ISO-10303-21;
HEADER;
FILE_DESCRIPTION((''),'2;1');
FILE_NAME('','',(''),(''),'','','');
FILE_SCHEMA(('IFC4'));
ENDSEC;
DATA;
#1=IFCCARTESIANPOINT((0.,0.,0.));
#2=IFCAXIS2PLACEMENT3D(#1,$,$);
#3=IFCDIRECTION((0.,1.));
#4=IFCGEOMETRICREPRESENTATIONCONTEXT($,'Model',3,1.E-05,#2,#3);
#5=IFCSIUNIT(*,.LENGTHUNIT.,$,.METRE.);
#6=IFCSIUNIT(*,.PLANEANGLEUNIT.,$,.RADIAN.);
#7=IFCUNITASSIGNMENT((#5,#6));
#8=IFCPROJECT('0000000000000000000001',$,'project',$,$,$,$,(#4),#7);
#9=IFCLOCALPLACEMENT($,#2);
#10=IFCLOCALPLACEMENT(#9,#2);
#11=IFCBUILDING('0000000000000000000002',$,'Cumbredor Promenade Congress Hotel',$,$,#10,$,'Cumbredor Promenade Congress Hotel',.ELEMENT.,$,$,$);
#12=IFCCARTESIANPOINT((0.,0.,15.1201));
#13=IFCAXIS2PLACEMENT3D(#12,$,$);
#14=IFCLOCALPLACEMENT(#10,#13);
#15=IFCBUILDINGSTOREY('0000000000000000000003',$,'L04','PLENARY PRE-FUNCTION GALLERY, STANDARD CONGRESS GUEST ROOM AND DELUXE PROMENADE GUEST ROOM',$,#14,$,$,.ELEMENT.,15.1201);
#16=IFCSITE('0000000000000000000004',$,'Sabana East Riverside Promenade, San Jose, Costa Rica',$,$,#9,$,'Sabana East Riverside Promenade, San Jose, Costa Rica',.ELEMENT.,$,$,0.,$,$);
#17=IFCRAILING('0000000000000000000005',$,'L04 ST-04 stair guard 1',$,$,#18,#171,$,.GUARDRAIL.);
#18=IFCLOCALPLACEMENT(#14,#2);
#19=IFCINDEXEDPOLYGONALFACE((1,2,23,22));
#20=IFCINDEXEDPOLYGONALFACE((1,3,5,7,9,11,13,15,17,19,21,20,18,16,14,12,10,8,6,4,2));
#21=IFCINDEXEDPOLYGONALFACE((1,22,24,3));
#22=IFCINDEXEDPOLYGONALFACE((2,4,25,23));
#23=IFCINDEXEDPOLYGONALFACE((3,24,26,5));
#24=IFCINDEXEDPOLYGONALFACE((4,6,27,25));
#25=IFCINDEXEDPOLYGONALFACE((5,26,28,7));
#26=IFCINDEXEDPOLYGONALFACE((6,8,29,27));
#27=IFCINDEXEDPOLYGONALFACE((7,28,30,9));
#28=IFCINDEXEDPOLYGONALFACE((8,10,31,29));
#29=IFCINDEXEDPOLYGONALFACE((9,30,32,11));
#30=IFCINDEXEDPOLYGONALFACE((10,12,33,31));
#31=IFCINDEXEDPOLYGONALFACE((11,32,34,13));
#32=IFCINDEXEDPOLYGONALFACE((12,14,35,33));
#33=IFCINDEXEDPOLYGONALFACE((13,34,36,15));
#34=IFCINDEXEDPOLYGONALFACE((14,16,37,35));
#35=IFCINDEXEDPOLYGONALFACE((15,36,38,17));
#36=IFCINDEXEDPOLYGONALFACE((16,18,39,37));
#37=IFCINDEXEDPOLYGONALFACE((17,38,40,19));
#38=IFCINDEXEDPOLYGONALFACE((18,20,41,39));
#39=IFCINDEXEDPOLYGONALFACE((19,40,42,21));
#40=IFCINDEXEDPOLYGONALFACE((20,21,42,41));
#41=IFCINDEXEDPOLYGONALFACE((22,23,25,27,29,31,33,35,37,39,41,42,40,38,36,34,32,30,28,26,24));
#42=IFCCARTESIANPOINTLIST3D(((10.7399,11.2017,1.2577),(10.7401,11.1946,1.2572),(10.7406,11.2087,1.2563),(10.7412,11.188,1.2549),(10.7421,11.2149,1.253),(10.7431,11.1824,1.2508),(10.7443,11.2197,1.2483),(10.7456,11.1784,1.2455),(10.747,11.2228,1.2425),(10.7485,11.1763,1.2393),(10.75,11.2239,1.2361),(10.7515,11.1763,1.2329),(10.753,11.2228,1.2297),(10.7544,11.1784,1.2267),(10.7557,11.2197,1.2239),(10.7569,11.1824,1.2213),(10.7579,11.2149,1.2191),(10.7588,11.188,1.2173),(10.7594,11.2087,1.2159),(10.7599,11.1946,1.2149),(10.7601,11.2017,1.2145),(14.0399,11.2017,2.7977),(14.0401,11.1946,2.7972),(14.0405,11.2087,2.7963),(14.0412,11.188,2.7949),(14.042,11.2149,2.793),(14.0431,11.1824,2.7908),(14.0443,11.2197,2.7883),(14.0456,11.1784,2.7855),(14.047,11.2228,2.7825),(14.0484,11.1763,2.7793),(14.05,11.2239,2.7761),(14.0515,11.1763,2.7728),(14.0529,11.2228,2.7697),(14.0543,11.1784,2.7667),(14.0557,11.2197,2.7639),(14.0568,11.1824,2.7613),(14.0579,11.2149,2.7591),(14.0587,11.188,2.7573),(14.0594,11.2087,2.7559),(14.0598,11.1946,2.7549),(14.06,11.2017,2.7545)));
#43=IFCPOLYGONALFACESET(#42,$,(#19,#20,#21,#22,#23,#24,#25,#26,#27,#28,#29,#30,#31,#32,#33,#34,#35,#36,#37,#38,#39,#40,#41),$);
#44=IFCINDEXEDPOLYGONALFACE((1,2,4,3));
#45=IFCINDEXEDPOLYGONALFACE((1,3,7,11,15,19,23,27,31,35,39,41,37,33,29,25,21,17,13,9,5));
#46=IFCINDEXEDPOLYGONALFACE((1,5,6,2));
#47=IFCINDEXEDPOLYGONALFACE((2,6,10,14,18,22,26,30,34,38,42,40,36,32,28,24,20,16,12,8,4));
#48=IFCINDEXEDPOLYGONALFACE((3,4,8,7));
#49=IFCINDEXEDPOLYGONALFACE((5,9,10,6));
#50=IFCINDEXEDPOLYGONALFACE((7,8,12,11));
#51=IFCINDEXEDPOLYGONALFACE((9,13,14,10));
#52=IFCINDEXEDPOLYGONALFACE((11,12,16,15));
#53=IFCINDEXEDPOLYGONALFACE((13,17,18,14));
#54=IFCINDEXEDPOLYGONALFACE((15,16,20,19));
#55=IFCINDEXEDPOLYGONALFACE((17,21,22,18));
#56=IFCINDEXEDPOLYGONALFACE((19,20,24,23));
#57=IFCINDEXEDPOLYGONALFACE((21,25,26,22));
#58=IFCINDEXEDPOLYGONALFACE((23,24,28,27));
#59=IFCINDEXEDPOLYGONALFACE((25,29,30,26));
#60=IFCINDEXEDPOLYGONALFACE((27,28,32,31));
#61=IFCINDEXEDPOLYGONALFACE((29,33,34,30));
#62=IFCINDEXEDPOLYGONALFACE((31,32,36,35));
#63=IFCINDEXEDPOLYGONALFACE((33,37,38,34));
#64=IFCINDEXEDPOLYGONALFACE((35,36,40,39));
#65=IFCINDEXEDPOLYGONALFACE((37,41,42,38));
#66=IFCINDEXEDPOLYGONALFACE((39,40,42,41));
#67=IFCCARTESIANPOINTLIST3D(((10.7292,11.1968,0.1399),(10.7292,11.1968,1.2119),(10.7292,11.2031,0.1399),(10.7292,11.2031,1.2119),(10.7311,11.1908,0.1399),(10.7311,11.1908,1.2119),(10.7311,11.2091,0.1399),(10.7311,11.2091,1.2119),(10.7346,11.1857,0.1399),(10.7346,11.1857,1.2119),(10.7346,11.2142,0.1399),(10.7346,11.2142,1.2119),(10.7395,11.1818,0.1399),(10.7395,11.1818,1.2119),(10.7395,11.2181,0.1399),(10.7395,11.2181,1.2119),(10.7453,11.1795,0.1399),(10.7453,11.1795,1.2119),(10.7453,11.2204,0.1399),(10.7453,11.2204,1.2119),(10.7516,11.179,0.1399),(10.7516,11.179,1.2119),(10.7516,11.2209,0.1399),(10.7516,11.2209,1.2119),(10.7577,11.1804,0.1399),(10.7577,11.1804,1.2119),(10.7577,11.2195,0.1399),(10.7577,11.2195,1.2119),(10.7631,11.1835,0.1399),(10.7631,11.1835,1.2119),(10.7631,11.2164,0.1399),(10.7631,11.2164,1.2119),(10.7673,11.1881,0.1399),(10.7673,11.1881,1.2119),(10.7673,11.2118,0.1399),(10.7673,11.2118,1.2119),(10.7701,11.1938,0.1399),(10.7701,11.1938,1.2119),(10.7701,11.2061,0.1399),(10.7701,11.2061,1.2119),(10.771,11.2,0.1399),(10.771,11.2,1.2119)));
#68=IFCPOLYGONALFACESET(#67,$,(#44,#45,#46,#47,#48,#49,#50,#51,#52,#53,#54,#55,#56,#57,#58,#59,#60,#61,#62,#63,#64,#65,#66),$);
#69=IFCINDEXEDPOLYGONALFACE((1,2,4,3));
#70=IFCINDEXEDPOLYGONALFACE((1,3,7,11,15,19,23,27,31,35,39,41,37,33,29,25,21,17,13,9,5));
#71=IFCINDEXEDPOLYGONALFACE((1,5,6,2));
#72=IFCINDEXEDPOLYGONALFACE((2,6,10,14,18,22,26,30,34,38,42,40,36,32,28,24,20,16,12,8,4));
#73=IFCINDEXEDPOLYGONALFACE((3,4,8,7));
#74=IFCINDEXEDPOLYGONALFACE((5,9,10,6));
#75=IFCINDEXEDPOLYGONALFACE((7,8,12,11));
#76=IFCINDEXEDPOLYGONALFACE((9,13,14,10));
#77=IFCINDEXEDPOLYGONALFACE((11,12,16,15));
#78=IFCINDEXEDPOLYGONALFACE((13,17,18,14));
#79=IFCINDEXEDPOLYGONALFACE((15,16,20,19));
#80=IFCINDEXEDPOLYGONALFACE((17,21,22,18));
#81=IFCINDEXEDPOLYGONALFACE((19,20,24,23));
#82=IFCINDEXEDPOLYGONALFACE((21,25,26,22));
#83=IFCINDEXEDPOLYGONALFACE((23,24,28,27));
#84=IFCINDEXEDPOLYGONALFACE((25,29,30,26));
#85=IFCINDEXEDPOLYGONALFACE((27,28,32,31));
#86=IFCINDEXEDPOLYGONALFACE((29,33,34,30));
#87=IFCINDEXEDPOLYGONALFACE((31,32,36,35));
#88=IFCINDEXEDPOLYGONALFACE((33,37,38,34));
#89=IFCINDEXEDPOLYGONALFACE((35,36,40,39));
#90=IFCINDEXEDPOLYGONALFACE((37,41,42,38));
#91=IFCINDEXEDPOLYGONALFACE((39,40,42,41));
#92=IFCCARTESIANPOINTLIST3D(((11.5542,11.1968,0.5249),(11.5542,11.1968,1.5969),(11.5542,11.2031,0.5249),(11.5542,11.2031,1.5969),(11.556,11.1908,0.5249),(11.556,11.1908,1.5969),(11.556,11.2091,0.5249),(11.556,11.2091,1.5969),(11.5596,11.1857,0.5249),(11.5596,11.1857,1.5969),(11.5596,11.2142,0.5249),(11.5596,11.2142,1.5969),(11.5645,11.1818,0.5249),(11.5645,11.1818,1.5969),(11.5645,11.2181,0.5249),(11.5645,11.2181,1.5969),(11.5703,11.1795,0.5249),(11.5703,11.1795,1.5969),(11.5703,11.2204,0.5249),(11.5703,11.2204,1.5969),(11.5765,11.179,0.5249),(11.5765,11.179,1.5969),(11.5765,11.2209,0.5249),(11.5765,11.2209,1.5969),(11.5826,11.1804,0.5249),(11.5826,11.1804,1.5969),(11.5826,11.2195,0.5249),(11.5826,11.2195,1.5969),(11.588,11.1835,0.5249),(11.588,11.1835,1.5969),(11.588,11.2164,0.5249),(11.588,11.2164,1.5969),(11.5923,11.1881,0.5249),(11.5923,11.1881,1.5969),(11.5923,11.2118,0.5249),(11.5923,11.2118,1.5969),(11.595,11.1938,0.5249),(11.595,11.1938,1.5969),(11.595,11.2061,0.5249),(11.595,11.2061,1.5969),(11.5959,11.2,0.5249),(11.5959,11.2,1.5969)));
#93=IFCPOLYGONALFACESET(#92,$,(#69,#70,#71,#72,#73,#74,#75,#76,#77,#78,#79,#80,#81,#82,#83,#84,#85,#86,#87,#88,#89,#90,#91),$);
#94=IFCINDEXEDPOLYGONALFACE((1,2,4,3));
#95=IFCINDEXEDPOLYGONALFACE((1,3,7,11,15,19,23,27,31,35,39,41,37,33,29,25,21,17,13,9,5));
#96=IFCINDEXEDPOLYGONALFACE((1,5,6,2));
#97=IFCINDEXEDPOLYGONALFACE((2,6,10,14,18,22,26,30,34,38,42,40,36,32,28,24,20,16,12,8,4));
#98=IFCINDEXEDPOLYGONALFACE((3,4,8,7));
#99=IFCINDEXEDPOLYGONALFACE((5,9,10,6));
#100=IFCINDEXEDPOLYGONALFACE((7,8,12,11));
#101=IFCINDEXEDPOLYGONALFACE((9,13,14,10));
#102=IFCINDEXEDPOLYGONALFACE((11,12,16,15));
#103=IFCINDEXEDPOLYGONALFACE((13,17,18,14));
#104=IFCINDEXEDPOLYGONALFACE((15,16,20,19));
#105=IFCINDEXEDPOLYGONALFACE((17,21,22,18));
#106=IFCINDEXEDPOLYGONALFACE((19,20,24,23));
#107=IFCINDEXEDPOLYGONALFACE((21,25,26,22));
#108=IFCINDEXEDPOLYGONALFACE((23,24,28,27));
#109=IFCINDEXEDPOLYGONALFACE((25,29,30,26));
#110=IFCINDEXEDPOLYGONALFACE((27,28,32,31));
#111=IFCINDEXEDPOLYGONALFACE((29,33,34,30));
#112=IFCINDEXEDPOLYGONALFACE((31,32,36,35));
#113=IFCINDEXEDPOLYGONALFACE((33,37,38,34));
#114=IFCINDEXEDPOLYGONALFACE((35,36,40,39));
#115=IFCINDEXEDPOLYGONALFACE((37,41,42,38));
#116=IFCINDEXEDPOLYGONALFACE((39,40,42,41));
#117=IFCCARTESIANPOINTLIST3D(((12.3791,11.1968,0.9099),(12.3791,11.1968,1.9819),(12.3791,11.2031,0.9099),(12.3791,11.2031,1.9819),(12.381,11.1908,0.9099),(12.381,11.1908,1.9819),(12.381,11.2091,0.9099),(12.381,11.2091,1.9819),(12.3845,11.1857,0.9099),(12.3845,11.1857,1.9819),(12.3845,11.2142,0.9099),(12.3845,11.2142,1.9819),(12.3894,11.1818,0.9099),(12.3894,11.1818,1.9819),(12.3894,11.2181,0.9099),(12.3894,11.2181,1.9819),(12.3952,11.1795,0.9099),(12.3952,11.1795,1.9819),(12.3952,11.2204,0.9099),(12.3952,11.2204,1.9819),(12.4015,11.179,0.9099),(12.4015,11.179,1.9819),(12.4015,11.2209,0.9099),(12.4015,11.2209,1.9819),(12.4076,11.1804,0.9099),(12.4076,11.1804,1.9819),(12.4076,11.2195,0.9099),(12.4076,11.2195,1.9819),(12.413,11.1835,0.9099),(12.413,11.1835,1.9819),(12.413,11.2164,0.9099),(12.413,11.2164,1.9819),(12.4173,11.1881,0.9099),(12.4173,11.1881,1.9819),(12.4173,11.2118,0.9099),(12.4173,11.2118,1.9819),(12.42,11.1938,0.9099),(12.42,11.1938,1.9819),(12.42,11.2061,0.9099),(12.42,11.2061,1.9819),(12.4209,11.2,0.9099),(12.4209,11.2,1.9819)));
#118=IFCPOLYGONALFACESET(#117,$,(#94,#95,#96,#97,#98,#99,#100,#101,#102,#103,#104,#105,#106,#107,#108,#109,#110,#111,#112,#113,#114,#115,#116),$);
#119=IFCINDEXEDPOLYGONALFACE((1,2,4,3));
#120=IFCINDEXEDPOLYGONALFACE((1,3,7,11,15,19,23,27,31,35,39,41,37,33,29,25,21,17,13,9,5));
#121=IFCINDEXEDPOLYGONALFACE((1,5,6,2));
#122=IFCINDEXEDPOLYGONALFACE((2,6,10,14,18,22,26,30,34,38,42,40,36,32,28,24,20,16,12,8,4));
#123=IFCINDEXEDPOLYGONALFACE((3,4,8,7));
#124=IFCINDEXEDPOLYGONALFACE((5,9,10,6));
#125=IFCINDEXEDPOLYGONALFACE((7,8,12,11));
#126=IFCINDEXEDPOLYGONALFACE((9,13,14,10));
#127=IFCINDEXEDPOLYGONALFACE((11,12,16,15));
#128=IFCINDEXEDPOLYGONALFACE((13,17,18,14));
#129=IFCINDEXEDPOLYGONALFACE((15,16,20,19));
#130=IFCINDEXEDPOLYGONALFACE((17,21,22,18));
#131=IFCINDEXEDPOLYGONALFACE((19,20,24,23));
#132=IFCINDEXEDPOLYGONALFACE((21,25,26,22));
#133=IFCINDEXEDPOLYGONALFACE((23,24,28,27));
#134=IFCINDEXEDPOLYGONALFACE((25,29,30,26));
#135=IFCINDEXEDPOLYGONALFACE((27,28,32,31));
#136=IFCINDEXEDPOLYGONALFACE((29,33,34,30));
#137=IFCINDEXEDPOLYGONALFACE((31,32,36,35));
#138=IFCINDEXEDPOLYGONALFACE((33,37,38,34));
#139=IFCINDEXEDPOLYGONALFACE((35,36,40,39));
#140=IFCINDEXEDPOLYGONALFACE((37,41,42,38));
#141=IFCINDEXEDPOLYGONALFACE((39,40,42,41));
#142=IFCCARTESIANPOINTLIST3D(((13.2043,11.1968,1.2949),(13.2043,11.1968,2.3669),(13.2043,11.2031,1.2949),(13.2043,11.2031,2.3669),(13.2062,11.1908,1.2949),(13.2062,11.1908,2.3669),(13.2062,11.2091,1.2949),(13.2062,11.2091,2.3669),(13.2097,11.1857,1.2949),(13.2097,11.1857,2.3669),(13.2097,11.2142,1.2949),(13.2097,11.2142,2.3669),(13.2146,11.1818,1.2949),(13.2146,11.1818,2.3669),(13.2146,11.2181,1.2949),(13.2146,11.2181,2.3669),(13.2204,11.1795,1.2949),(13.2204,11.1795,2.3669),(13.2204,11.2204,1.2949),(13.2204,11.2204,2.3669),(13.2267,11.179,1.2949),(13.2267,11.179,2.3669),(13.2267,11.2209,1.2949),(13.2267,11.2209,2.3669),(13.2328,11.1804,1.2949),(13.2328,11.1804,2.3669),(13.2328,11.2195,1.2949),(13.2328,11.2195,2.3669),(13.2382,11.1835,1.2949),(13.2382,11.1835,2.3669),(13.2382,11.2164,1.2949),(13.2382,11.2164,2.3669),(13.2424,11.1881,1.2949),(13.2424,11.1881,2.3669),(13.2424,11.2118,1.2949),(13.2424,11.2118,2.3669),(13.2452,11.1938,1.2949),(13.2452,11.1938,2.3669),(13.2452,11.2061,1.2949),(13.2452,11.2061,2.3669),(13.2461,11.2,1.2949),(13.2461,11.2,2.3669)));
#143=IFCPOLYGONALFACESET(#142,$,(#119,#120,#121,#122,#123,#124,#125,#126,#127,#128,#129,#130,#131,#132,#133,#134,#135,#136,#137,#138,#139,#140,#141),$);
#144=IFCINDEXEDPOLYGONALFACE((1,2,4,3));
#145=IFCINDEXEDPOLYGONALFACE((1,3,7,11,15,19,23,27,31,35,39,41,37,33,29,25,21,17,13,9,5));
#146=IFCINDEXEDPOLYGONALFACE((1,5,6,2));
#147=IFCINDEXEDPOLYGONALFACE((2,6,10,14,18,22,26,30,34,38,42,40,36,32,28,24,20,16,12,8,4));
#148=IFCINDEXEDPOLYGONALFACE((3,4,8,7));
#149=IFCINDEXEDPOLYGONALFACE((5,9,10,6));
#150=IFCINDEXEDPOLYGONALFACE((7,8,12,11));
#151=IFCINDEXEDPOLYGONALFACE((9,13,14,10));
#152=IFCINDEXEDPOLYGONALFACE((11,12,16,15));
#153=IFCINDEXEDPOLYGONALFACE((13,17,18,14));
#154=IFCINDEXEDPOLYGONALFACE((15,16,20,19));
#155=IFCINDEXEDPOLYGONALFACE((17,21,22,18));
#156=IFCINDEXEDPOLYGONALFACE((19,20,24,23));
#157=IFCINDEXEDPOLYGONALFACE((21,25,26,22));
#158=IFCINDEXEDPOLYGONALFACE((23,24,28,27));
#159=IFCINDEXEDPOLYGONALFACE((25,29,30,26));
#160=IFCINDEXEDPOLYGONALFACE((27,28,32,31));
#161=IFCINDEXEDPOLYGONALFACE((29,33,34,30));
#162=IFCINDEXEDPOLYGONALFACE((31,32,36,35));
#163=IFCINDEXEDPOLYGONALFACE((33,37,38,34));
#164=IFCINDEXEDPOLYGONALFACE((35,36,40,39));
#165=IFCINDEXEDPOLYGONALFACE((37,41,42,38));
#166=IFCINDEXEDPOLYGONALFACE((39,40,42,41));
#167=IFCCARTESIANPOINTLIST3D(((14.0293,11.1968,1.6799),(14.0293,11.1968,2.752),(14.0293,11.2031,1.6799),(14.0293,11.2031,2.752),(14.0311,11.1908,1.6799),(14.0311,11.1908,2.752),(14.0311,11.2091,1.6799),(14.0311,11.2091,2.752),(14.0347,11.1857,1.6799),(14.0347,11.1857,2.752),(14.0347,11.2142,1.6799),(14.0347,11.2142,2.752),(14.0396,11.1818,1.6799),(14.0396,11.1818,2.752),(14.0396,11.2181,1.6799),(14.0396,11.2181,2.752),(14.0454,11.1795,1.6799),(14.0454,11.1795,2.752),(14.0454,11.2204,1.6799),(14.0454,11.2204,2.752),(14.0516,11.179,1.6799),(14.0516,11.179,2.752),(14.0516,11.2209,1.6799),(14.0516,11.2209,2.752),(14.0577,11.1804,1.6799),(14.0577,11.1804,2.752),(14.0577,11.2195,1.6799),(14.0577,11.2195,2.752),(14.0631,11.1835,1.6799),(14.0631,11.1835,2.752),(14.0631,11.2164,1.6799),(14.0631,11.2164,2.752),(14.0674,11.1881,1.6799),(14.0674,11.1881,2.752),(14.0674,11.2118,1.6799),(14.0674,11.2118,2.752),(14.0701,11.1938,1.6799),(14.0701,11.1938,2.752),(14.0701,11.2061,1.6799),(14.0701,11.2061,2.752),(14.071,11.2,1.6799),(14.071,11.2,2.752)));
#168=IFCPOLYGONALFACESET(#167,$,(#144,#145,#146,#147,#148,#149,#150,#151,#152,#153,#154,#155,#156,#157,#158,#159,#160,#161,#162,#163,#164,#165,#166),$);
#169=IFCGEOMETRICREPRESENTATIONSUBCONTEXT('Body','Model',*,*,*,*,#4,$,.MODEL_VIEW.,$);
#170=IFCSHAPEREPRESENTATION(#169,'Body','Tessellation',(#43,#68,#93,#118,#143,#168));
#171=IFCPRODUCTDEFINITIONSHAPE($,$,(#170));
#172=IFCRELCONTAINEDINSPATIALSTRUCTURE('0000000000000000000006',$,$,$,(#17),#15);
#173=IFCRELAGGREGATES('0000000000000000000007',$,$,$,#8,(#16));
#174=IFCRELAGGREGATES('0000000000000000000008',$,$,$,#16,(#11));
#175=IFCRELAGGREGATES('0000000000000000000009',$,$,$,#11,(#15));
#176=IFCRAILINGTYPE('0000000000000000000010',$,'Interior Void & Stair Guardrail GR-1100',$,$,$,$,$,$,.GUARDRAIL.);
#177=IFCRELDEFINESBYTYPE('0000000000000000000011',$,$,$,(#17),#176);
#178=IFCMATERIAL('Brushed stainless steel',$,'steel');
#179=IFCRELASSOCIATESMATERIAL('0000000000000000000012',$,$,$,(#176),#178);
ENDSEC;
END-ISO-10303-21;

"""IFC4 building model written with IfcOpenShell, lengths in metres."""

from ifc_helpers import new_model, si_unit, direction, frame, origin, origin_2d, place, context, subcontext, project, spatial, circle, extrude, material, type_object, element, save


model = new_model("IFC4")

# Units and contexts
model_context = context("Model", 3, precision=1e-05, world=origin(), true_north=direction((0.0, 1.0)))
body_context = subcontext(model_context, "Body", "Model", "MODEL_VIEW")
ifc_project = project(units=[si_unit("LENGTHUNIT", "METRE"), si_unit("PLANEANGLEUNIT", "RADIAN")], contexts=[model_context])

# Site, building, storey
site_placement = place(None, origin())
site = spatial("IfcSite", under=ifc_project, at=site_placement, Name="Sabana East Riverside Promenade, San Jose, Costa Rica", LongName="Sabana East Riverside Promenade, San Jose, Costa Rica", CompositionType="ELEMENT", RefElevation=0.0)
building_placement = place(site_placement, origin())
building = spatial("IfcBuilding", under=site, at=building_placement, Name="Cumbredor Promenade Congress Hotel", LongName="Cumbredor Promenade Congress Hotel", CompositionType="ELEMENT")
storey_placement = place(building_placement, frame((0.0, 0.0, 15.1201)))
storey = spatial("IfcBuildingStorey", under=building, at=storey_placement, Name="L04", Description="PLENARY PRE-FUNCTION GALLERY, STANDARD CONGRESS GUEST ROOM AND DELUXE PROMENADE GUEST ROOM", CompositionType="ELEMENT", Elevation=15.1201)

# Shared definitions
ifc_material_1 = material(Name="Brushed stainless steel", Category="steel")

# Railing
railing_type_1 = type_object("IfcRailingType", Name="Interior Void & Stair Guardrail GR-1100", PredefinedType="GUARDRAIL", material=ifc_material_1)
railing_1_placement = place(storey_placement, frame((10.75, 11.2, 0.1399)))
element("IfcRailing", 1, at=railing_1_placement, inside=storey, type_object=railing_type_1, Name="L04 ST-04 stair guard 1", PredefinedType="GUARDRAIL", context=body_context, shape_type="SweptSolid", body=[
    extrude(circle(Radius=0.0239, at=origin_2d()), frame((0.0, 0.0, 1.0962), z_axis=(0.906181, 0.0, 0.422889), x_axis=(0.0, 1.0, 0.0)), (0.0, 0.0, 1.0), 3.6416),
    extrude(circle(Radius=0.021, at=origin_2d()), origin(), (0.0, 0.0, 1.0), 1.072),
    extrude(circle(Radius=0.021, at=origin_2d()), frame((0.825, 0.0, 0.385)), (0.0, 0.0, 1.0), 1.072),
    extrude(circle(Radius=0.021, at=origin_2d()), frame((1.6499, 0.0, 0.77)), (0.0, 0.0, 1.0), 1.072),
    extrude(circle(Radius=0.021, at=origin_2d()), frame((2.4751, 0.0, 1.155)), (0.0, 0.0, 1.0), 1.072),
    extrude(circle(Radius=0.021, at=origin_2d()), frame((3.3, 0.0, 1.54)), (0.0, 0.0, 1.0), 1.072),
])

save(model, "model.ifc")
